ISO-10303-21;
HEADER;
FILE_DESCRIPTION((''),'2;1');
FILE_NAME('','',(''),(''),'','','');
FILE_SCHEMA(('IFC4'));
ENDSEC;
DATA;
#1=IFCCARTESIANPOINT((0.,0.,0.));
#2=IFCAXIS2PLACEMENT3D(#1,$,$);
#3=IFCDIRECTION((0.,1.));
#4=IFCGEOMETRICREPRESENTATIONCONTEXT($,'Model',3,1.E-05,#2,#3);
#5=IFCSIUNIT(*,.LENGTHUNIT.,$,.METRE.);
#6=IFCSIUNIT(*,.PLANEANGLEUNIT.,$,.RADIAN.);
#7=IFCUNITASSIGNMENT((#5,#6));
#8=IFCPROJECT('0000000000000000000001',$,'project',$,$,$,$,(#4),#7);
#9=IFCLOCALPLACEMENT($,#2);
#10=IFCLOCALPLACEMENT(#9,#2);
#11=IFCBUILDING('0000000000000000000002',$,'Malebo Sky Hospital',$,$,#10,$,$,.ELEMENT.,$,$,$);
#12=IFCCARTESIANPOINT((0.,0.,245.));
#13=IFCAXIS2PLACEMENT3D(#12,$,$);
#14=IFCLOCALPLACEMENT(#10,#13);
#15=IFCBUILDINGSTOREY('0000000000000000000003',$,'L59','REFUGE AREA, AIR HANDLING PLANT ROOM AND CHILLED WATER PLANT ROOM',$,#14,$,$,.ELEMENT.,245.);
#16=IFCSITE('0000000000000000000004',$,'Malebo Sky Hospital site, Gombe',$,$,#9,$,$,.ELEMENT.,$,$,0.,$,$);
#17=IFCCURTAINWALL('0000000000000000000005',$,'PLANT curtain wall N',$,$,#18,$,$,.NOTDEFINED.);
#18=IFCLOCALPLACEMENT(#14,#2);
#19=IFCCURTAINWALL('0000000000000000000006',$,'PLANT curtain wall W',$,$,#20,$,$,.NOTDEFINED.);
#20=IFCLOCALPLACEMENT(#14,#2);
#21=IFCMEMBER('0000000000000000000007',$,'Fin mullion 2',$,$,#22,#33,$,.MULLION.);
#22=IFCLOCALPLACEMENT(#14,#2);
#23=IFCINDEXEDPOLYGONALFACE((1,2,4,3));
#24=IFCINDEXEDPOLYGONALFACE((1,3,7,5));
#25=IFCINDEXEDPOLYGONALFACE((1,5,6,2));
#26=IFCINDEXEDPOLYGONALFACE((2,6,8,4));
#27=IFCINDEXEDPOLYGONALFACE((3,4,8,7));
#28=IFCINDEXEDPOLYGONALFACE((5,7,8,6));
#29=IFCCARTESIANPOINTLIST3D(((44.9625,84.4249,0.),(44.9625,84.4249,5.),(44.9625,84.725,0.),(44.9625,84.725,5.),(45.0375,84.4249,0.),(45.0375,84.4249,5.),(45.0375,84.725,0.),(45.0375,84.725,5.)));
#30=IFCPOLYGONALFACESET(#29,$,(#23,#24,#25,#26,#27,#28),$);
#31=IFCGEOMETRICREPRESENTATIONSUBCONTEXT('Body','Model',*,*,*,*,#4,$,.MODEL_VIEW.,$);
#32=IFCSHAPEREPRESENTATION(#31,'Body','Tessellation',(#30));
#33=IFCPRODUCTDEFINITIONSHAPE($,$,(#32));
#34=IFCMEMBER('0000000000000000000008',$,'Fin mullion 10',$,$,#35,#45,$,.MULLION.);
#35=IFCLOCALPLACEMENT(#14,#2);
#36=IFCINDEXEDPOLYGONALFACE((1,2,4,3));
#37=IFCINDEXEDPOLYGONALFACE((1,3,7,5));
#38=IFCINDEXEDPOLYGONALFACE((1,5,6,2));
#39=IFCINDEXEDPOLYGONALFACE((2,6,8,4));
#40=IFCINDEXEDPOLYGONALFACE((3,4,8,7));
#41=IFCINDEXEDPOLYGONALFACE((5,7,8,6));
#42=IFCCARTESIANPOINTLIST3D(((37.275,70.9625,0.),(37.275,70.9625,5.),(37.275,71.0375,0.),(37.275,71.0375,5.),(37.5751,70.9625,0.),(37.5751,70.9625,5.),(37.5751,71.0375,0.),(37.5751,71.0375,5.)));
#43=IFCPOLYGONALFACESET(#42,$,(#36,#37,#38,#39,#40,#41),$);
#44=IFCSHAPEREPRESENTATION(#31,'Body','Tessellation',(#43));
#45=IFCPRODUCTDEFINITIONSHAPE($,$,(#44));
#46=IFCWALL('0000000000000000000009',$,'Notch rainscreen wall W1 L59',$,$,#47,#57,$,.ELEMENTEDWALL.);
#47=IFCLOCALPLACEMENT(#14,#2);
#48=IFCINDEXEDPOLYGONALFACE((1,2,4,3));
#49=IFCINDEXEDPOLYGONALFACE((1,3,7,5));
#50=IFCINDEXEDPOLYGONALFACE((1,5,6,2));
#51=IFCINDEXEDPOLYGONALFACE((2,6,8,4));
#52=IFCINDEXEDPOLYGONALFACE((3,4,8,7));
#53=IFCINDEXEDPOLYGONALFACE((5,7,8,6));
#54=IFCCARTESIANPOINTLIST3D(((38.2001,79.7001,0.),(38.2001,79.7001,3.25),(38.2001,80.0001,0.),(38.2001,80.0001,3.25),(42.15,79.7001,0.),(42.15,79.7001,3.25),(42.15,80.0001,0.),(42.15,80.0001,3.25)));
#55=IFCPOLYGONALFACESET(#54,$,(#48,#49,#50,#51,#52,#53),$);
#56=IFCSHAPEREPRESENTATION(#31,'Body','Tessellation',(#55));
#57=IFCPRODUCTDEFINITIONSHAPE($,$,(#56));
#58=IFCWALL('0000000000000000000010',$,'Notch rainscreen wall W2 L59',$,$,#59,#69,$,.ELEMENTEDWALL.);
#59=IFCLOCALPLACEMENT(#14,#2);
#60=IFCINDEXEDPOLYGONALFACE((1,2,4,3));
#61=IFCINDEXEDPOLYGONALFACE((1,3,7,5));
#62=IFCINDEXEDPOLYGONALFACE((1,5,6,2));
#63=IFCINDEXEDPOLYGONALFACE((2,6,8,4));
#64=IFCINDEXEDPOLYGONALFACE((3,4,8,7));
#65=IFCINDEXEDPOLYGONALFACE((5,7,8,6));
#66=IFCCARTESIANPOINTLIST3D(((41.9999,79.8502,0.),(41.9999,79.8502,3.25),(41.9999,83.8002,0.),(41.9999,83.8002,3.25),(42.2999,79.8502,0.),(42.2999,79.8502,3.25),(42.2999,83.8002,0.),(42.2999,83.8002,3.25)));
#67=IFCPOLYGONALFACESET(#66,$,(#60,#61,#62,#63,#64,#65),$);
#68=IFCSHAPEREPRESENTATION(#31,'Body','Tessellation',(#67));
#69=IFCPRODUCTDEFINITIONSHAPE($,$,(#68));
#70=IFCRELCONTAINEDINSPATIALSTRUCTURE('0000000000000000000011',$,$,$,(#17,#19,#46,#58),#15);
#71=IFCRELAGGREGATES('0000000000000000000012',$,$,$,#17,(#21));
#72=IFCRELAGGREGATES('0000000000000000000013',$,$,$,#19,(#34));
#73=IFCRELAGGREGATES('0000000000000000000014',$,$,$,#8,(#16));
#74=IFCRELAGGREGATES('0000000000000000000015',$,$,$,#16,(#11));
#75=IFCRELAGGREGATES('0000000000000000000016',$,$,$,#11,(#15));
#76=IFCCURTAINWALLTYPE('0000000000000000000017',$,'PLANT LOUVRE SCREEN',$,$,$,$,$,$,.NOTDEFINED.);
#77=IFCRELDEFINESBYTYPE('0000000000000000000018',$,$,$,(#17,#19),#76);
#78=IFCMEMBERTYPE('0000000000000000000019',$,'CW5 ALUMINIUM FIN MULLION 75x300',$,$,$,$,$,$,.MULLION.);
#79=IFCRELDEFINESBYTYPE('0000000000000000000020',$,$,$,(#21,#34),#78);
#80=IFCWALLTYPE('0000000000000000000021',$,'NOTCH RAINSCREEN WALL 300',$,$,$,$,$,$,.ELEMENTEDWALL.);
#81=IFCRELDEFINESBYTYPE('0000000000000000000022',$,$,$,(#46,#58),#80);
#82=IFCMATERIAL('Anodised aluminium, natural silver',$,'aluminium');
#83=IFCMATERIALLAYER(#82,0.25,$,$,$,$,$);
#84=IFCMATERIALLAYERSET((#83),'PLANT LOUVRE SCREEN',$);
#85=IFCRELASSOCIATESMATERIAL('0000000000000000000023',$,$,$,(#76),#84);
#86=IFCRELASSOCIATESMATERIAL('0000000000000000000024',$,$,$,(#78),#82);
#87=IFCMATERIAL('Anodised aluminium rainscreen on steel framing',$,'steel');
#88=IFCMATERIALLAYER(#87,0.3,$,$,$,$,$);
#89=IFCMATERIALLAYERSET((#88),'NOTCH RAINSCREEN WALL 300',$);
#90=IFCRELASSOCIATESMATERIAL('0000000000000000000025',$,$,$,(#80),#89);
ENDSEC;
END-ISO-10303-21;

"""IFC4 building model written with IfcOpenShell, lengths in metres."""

from ifc_helpers import new_model, si_unit, direction, frame, frame_2d, origin, origin_2d, place, context, subcontext, project, spatial, rectangle, extrude, material, layer, layer_set, material_profile, profile_set, type_object, element, aggregate, save


model = new_model("IFC4")

# Units and contexts
model_context = context("Model", 3, precision=1e-05, world=origin(), true_north=direction((0.0, 1.0)))
body_context = subcontext(model_context, "Body", "Model", "MODEL_VIEW")
ifc_project = project(units=[si_unit("LENGTHUNIT", "METRE"), si_unit("PLANEANGLEUNIT", "RADIAN")], contexts=[model_context])

# Site, building, storey
site_placement = place(None, origin())
site = spatial("IfcSite", under=ifc_project, at=site_placement, Name="Malebo Sky Hospital site, Gombe", CompositionType="ELEMENT", RefElevation=0.0)
building_placement = place(site_placement, origin())
building = spatial("IfcBuilding", under=site, at=building_placement, Name="Malebo Sky Hospital", CompositionType="ELEMENT")
storey_placement = place(building_placement, frame((0.0, 0.0, 245.0)))
storey = spatial("IfcBuildingStorey", under=building, at=storey_placement, Name="L59", Description="REFUGE AREA, AIR HANDLING PLANT ROOM AND CHILLED WATER PLANT ROOM", CompositionType="ELEMENT", Elevation=245.0)

# Curtain wall
ifc_material_1 = material(Name="Anodised aluminium, natural silver", Category="aluminium")
ifc_layer_1 = layer(ifc_material_1, 0.25)
ifc_layer_set_1 = layer_set([ifc_layer_1], Name="PLANT LOUVRE SCREEN")
curtain_wall_type = type_object("IfcCurtainWallType", Name="PLANT LOUVRE SCREEN", PredefinedType="NOTDEFINED", material=ifc_layer_set_1)
curtain_wall_1_placement = place(storey_placement, origin())
curtain_wall_1 = element("IfcCurtainWall", 1, at=curtain_wall_1_placement, inside=storey, type_object=curtain_wall_type, Name="PLANT curtain wall N", PredefinedType="NOTDEFINED")

# Curtain wall
curtain_wall_2_placement = place(storey_placement, origin())
curtain_wall_2 = element("IfcCurtainWall", 2, at=curtain_wall_2_placement, inside=storey, type_object=curtain_wall_type, Name="PLANT curtain wall W", PredefinedType="NOTDEFINED")

# Members
ifc_material_profile_1 = material_profile(ifc_material_1, rectangle(XDim=0.075, YDim=0.3, at=origin_2d()), Name="CW5 ALUMINIUM FIN MULLION 75x300")
ifc_profile_set_1 = profile_set([ifc_material_profile_1], Name="Anodised aluminium, natural silver")
member_type_1 = type_object("IfcMemberType", Name="CW5 ALUMINIUM FIN MULLION 75x300", PredefinedType="MULLION", material=ifc_profile_set_1)
member_1_placement = place(storey_placement, frame((45.0, 84.575, 0.0), z_axis=(0.0, 0.0, 1.0), x_axis=(1.0, 0.0, 0.0)))
member_1 = element("IfcMember", 3, at=member_1_placement, type_object=member_type_1, Name="Fin mullion 2", PredefinedType="MULLION", context=body_context, shape_type="SweptSolid", body=[
    extrude(rectangle(XDim=0.075, YDim=0.3, at=origin_2d()), origin(), (0.0, 0.0, 1.0), 5.0),
])
aggregate(curtain_wall_1, [member_1])
member_2_placement = place(storey_placement, frame((37.425, 71.0, 0.0), z_axis=(0.0, 0.0, 1.0), x_axis=(0.0, 1.0, 0.0)))
member_2 = element("IfcMember", 4, at=member_2_placement, type_object=member_type_1, Name="Fin mullion 10", PredefinedType="MULLION", context=body_context, shape_type="SweptSolid", body=[
    extrude(rectangle(XDim=0.075, YDim=0.3, at=origin_2d()), origin(), (0.0, 0.0, 1.0), 5.0),
])
aggregate(curtain_wall_2, [member_2])

# Walls
ifc_material_2 = material(Name="Anodised aluminium rainscreen on steel framing", Category="steel")
ifc_layer_2 = layer(ifc_material_2, 0.3)
ifc_layer_set_2 = layer_set([ifc_layer_2], Name="NOTCH RAINSCREEN WALL 300")
wall_type = type_object("IfcWallType", Name="NOTCH RAINSCREEN WALL 300", PredefinedType="ELEMENTEDWALL", material=ifc_layer_set_2)
for number, where, z_axis, x_axis, name in (
    (5, (38.2, 79.8501, 0.0), (0.0, 0.0, 1.0), (1.0, 0.0, 0.0), "Notch rainscreen wall W1 L59"),
    (6, (42.1499, 79.8501, 0.0), (0.0, 0.0, 1.0), (0.0, 1.0, 0.0), "Notch rainscreen wall W2 L59"),
):
    element("IfcWall", number, at=place(storey_placement, frame(where, z_axis=z_axis, x_axis=x_axis)), inside=storey, type_object=wall_type, Name=name, PredefinedType="ELEMENTEDWALL", context=body_context, shape_type="SweptSolid", body=[
        extrude(rectangle(XDim=3.95, YDim=0.3, at=frame_2d((1.9751, 0.0))), origin(), (0.0, 0.0, 1.0), 3.25),
    ])

save(model, "model.ifc")
